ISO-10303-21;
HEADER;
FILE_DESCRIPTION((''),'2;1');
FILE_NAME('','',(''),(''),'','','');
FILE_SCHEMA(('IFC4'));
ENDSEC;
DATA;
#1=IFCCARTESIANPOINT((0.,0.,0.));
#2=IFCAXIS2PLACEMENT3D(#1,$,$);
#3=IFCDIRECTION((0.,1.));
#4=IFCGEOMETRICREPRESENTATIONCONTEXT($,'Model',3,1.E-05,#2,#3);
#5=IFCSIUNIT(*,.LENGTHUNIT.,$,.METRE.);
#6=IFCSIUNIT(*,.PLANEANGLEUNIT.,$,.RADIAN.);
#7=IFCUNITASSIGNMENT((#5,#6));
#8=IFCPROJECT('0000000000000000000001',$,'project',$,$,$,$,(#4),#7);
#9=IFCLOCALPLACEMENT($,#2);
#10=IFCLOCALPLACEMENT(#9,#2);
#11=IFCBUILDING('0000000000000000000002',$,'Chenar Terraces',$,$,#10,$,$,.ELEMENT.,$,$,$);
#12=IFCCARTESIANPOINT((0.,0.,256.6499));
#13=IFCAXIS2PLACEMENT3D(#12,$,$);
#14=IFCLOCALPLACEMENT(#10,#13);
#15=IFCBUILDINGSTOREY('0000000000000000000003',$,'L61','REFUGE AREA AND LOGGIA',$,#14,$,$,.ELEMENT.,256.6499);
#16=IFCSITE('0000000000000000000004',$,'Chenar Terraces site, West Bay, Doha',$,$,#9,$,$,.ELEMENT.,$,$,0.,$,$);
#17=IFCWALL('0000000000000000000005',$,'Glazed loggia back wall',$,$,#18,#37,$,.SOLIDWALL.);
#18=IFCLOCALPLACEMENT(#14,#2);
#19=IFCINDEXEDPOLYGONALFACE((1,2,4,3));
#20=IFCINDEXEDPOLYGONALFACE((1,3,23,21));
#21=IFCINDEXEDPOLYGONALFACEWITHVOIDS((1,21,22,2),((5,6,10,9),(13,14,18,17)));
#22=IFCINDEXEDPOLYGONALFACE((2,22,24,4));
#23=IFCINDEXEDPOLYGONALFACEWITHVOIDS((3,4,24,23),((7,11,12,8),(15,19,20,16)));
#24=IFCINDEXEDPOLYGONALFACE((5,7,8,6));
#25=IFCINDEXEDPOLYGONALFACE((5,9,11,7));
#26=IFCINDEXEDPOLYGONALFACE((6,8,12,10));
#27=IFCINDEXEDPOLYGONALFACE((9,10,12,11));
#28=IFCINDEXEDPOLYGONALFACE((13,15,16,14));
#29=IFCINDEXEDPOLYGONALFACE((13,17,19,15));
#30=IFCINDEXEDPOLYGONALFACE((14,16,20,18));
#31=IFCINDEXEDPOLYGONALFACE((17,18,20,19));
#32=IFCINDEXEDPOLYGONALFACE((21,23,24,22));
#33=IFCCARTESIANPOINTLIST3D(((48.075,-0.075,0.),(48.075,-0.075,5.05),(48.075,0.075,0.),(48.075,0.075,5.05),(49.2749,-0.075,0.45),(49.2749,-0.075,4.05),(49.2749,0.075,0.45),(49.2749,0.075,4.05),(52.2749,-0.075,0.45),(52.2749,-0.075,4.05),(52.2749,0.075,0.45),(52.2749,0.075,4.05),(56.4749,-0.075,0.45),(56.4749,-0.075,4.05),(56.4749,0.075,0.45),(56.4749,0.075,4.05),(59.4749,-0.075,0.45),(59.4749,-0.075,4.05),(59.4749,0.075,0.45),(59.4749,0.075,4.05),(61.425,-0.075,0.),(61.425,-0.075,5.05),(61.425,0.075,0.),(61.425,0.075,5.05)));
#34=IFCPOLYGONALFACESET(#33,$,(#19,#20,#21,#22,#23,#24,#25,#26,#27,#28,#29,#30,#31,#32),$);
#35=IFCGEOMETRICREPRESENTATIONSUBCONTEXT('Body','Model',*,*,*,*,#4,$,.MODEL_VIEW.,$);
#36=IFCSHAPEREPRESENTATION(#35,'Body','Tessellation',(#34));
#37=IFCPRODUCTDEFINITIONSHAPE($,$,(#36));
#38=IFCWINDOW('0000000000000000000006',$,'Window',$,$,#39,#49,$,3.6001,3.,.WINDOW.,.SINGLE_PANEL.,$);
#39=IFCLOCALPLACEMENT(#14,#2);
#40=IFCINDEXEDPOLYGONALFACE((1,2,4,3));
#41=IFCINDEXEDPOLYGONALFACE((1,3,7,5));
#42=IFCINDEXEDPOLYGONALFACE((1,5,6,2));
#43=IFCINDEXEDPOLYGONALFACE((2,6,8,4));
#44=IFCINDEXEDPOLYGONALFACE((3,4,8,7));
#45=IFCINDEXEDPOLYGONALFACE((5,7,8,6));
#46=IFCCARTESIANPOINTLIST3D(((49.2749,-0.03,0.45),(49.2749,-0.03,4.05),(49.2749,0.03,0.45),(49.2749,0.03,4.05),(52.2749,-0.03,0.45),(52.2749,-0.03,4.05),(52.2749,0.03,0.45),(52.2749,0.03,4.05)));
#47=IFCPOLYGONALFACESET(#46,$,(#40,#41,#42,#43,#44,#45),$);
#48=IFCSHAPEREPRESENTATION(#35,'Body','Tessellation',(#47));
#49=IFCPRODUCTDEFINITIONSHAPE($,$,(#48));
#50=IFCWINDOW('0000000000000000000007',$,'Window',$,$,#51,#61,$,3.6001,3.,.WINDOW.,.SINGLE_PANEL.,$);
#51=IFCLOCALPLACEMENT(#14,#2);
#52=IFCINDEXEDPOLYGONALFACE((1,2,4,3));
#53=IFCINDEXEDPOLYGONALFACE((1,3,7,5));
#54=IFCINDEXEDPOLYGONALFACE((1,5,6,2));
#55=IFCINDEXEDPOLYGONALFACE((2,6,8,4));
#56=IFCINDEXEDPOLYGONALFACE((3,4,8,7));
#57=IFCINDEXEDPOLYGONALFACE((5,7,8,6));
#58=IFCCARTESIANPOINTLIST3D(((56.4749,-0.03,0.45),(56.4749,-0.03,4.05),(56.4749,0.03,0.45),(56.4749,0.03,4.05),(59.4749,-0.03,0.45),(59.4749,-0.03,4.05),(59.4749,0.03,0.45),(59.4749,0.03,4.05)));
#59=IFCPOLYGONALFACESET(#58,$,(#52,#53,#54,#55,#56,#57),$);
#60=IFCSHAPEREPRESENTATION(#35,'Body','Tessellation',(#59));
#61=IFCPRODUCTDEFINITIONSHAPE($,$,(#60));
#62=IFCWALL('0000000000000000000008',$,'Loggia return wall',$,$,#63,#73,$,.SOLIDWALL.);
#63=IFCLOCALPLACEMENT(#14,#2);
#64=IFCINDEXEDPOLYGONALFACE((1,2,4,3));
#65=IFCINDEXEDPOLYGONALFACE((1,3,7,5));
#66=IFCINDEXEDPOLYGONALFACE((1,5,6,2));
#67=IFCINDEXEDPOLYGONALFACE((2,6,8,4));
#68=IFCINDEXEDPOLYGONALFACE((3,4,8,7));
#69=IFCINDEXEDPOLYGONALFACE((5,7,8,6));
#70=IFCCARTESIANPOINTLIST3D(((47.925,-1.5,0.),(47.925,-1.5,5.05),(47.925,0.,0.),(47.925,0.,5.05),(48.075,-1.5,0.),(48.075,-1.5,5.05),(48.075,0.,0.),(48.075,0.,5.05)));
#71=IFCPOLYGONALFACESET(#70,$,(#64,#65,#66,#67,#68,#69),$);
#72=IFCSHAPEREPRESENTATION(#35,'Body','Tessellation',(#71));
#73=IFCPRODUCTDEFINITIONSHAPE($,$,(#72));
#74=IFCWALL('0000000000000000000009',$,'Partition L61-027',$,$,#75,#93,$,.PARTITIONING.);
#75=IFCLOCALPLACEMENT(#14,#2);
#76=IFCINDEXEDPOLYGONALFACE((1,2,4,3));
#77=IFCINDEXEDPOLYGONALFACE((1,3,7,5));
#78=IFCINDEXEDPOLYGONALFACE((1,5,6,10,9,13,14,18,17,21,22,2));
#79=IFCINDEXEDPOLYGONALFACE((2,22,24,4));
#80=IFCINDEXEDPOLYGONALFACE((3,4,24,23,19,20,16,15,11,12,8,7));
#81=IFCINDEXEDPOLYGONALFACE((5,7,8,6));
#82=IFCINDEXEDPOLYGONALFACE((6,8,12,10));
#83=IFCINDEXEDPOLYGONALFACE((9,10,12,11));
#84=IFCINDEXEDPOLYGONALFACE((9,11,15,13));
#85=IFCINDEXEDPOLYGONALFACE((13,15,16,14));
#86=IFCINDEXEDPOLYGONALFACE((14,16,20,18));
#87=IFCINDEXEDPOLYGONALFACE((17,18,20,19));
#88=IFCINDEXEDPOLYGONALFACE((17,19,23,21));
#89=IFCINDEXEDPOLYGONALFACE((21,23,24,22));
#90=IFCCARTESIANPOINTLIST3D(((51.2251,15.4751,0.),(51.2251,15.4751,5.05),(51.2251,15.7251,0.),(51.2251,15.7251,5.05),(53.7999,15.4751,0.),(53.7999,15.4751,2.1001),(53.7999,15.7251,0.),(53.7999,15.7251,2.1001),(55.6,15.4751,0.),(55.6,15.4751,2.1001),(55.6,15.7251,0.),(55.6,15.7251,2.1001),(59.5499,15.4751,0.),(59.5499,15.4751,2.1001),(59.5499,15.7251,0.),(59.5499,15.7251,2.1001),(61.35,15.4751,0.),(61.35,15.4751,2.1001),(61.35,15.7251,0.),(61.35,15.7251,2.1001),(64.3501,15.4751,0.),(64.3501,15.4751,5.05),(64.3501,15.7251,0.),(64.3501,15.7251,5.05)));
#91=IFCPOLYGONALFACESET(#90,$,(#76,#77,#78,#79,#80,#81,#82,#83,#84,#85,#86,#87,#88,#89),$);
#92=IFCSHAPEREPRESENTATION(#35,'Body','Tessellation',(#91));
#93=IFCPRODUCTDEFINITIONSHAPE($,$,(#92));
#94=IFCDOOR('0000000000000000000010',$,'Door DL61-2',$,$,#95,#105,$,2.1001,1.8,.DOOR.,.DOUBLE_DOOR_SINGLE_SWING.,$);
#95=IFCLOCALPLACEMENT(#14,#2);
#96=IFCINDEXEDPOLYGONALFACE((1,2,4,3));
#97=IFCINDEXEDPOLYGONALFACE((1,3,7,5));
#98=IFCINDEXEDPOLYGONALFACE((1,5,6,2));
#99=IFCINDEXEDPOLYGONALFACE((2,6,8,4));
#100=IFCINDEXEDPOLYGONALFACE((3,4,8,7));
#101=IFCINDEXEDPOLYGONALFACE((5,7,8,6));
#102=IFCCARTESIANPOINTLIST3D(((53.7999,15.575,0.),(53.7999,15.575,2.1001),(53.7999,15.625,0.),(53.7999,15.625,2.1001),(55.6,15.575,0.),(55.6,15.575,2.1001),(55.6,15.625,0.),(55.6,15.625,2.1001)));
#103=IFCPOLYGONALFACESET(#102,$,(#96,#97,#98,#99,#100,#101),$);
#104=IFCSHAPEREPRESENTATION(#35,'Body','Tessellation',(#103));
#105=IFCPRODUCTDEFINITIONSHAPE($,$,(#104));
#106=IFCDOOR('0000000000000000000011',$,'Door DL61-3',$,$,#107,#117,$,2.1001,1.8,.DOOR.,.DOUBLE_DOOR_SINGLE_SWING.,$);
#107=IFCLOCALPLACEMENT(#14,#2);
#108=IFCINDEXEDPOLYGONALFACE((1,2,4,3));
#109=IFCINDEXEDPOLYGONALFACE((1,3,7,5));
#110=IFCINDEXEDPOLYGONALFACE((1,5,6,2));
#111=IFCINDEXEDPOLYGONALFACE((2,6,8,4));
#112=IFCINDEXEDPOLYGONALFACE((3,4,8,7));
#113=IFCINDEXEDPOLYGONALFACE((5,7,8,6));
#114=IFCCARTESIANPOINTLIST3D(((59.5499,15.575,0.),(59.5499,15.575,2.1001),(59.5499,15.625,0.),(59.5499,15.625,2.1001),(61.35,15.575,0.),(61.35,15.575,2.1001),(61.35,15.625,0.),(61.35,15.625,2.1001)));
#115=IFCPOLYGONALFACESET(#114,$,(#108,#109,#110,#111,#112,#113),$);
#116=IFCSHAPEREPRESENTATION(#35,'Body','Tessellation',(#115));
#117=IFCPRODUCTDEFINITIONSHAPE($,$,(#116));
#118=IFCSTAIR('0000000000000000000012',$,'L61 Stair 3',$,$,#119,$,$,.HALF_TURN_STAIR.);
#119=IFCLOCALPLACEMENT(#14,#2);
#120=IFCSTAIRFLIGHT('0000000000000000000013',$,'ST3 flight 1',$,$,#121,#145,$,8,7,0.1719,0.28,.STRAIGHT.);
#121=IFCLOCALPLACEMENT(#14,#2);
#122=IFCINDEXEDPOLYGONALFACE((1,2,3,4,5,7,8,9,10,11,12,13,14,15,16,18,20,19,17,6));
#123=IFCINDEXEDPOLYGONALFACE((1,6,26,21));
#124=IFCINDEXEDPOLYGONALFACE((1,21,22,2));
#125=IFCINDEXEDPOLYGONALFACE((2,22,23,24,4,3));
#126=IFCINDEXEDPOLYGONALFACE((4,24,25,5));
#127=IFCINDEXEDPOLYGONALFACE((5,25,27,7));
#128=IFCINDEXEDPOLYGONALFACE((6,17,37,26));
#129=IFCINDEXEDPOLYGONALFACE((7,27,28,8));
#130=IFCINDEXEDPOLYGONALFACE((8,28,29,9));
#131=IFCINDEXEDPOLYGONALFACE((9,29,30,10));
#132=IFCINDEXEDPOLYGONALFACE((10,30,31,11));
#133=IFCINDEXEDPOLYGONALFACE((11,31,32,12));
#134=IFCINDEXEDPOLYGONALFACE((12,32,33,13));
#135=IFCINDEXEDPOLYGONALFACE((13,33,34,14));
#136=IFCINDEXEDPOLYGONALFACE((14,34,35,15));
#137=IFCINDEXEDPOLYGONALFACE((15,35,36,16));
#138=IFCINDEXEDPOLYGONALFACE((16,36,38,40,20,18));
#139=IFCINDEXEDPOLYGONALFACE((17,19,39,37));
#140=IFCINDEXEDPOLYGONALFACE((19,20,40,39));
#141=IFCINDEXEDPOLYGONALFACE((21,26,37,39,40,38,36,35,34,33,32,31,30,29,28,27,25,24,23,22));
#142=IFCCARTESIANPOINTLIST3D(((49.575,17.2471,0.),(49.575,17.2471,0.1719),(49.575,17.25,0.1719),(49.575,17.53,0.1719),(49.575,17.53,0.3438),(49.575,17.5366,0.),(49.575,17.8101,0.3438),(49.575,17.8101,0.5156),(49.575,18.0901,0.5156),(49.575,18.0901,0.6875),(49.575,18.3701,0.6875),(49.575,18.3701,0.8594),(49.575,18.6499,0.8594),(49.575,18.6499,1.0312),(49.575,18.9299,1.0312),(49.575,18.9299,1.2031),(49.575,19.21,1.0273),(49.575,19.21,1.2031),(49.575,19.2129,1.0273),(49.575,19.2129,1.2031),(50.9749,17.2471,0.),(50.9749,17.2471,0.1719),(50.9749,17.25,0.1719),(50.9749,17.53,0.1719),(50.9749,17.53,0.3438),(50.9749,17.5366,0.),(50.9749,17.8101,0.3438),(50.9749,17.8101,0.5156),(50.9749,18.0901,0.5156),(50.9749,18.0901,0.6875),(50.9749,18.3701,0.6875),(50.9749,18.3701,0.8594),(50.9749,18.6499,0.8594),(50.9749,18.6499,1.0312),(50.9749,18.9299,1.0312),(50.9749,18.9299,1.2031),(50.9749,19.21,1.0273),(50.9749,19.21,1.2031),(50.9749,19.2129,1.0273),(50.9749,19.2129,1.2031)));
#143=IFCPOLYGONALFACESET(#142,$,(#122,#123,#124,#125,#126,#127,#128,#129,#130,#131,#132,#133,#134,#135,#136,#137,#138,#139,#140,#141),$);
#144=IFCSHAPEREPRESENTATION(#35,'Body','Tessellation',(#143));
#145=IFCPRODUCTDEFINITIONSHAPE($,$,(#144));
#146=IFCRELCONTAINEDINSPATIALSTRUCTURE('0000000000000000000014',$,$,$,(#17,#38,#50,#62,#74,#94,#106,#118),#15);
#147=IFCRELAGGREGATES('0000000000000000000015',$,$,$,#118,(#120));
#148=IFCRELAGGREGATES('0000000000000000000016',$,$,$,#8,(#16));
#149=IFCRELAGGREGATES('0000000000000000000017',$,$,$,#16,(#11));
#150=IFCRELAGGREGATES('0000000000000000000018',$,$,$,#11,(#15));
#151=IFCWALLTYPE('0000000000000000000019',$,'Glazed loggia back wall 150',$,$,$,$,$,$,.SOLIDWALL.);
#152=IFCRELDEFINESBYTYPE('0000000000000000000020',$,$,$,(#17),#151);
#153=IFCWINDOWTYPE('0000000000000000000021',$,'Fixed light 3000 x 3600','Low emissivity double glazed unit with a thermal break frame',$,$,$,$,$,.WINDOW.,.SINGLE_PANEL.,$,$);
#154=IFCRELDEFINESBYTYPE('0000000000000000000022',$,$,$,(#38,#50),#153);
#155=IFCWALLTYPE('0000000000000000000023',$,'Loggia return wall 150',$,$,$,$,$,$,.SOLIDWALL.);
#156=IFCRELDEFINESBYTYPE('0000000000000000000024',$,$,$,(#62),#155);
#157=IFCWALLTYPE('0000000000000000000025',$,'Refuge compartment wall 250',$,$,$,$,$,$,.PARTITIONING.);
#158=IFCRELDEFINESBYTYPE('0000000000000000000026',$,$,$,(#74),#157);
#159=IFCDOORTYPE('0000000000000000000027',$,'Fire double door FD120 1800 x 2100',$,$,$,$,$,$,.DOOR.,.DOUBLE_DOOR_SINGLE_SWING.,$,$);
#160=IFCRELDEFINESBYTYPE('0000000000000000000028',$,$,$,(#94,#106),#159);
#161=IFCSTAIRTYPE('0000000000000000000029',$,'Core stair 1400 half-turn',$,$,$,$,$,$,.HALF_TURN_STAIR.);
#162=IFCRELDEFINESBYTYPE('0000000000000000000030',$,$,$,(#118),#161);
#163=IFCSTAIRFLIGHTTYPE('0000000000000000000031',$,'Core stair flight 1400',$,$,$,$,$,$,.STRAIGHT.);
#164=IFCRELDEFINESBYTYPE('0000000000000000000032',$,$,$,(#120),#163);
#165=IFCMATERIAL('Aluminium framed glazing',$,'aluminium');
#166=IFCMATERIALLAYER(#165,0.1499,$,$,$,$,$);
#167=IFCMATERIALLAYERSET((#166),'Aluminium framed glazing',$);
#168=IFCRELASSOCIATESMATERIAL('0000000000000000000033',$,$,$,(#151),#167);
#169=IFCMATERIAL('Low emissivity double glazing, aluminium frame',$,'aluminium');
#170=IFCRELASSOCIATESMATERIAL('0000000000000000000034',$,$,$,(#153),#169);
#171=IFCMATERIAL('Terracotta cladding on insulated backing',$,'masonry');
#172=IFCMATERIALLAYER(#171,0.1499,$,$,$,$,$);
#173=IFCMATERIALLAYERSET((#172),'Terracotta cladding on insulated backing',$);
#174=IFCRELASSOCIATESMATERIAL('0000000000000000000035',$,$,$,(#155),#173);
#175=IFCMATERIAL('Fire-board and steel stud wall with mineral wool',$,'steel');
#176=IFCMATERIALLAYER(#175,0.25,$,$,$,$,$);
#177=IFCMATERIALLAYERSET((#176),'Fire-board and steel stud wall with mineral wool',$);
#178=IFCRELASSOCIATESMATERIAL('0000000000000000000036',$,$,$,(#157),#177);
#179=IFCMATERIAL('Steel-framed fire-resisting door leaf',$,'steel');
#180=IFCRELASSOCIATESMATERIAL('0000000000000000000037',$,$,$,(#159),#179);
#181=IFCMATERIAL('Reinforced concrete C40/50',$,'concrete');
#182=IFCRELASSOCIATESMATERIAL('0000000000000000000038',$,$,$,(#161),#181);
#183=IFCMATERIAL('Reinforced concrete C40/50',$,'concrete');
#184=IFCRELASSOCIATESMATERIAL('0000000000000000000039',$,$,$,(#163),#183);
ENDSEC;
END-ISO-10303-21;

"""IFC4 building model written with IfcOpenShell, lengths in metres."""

from ifc_helpers import new_model, si_unit, direction, frame, frame_2d, origin, place, context, subcontext, project, spatial, polyline, rectangle, outline, extrude, material, layer, layer_set, type_object, element, fill, aggregate, save


model = new_model("IFC4")

# Units and contexts
model_context = context("Model", 3, precision=1e-05, world=origin(), true_north=direction((0.0, 1.0)))
body_context = subcontext(model_context, "Body", "Model", "MODEL_VIEW")
ifc_project = project(units=[si_unit("LENGTHUNIT", "METRE"), si_unit("PLANEANGLEUNIT", "RADIAN")], contexts=[model_context])

# Site, building, storey
site_placement = place(None, origin())
site = spatial("IfcSite", under=ifc_project, at=site_placement, Name="Chenar Terraces site, West Bay, Doha", CompositionType="ELEMENT", RefElevation=0.0)
building_placement = place(site_placement, origin())
building = spatial("IfcBuilding", under=site, at=building_placement, Name="Chenar Terraces", CompositionType="ELEMENT")
storey_placement = place(building_placement, frame((0.0, 0.0, 256.6499)))
storey = spatial("IfcBuildingStorey", under=building, at=storey_placement, Name="L61", Description="REFUGE AREA AND LOGGIA", CompositionType="ELEMENT", Elevation=256.6499)

# Wall, openings, windows
ifc_material_1 = material(Name="Aluminium framed glazing", Category="aluminium")
ifc_layer_1 = layer(ifc_material_1, 0.1499)
ifc_layer_set_1 = layer_set([ifc_layer_1], Name="Aluminium framed glazing")
wall_type_1 = type_object("IfcWallType", Name="Glazed loggia back wall 150", PredefinedType="SOLIDWALL", material=ifc_layer_set_1)
wall_1_placement = place(storey_placement, frame((48.075, 0.0, 0.0), z_axis=(0.0, 0.0, 1.0), x_axis=(1.0, 0.0, 0.0)))
wall_1 = element("IfcWall", 1, at=wall_1_placement, inside=storey, type_object=wall_type_1, Name="Glazed loggia back wall", PredefinedType="SOLIDWALL", context=body_context, shape_type="SweptSolid", body=[
    extrude(rectangle(XDim=13.3501, YDim=0.1499, at=frame_2d((6.675, 0.0))), origin(), (0.0, 0.0, 1.0), 5.05),
])
opening_1_placement = place(wall_1_placement, frame((1.2, 0.0, 0.45)))
opening_1 = element("IfcOpeningElement", 2, at=opening_1_placement, cuts=wall_1, PredefinedType="OPENING", context=body_context, shape_type="SweptSolid", body=[
    extrude(rectangle(XDim=3.0, YDim=3.6001, at=frame_2d((1.5, 1.8))), frame((0.0, 0.085, 0.0), z_axis=(0.0, -1.0, 0.0), x_axis=(1.0, 0.0, 0.0)), (0.0, 0.0, 1.0), 0.1699),
])
opening_2_placement = place(wall_1_placement, frame((8.3999, 0.0, 0.45)))
opening_2 = element("IfcOpeningElement", 3, at=opening_2_placement, cuts=wall_1, PredefinedType="OPENING", context=body_context, shape_type="SweptSolid", body=[
    extrude(rectangle(XDim=3.0, YDim=3.6001, at=frame_2d((1.5, 1.8))), frame((0.0, 0.085, 0.0), z_axis=(0.0, -1.0, 0.0), x_axis=(1.0, 0.0, 0.0)), (0.0, 0.0, 1.0), 0.1699),
])
ifc_material_2 = material(Name="Low emissivity double glazing, aluminium frame", Category="aluminium")
window_type = type_object("IfcWindowType", Name="Fixed light 3000 x 3600", Description="Low emissivity double glazed unit with a thermal break frame", PartitioningType="SINGLE_PANEL", PredefinedType="WINDOW", material=ifc_material_2)
window_1_placement = place(opening_1_placement, origin())
window_1 = element("IfcWindow", 4, at=window_1_placement, inside=storey, type_object=window_type, Name="Window", OverallHeight=3.6001, OverallWidth=3.0, PartitioningType="SINGLE_PANEL", PredefinedType="WINDOW", context=body_context, shape_type="SweptSolid", body=[
    extrude(rectangle(XDim=3.0, YDim=3.6001, at=frame_2d((1.5, 1.8))), frame((0.0, 0.03, 0.0), z_axis=(0.0, -1.0, 0.0), x_axis=(1.0, 0.0, 0.0)), (0.0, 0.0, 1.0), 0.0601),
])
fill(opening_1, window_1)
window_2_placement = place(opening_2_placement, origin())
window_2 = element("IfcWindow", 5, at=window_2_placement, inside=storey, type_object=window_type, Name="Window", OverallHeight=3.6001, OverallWidth=3.0, PartitioningType="SINGLE_PANEL", PredefinedType="WINDOW", context=body_context, shape_type="SweptSolid", body=[
    extrude(rectangle(XDim=3.0, YDim=3.6001, at=frame_2d((1.5, 1.8))), frame((0.0, 0.03, 0.0), z_axis=(0.0, -1.0, 0.0), x_axis=(1.0, 0.0, 0.0)), (0.0, 0.0, 1.0), 0.0601),
])
fill(opening_2, window_2)

# Wall
ifc_material_3 = material(Name="Terracotta cladding on insulated backing", Category="masonry")
ifc_layer_2 = layer(ifc_material_3, 0.1499)
ifc_layer_set_2 = layer_set([ifc_layer_2], Name="Terracotta cladding on insulated backing")
wall_type_2 = type_object("IfcWallType", Name="Loggia return wall 150", PredefinedType="SOLIDWALL", material=ifc_layer_set_2)
wall_2_placement = place(storey_placement, frame((48.0, -1.5, 0.0), z_axis=(0.0, 0.0, 1.0), x_axis=(0.0, 1.0, 0.0)))
element("IfcWall", 6, at=wall_2_placement, inside=storey, type_object=wall_type_2, Name="Loggia return wall", PredefinedType="SOLIDWALL", context=body_context, shape_type="SweptSolid", body=[
    extrude(rectangle(XDim=1.5, YDim=0.1499, at=frame_2d((0.75, 0.0))), origin(), (0.0, 0.0, 1.0), 5.05),
])

# Wall, openings, doors
ifc_material_4 = material(Name="Fire-board and steel stud wall with mineral wool", Category="steel")
ifc_layer_3 = layer(ifc_material_4, 0.25)
ifc_layer_set_3 = layer_set([ifc_layer_3], Name="Fire-board and steel stud wall with mineral wool")
wall_type_3 = type_object("IfcWallType", Name="Refuge compartment wall 250", PredefinedType="PARTITIONING", material=ifc_layer_set_3)
wall_3_placement = place(storey_placement, frame((51.2251, 15.6001, 0.0), z_axis=(0.0, 0.0, 1.0), x_axis=(1.0, 0.0, 0.0)))
wall_3 = element("IfcWall", 7, at=wall_3_placement, inside=storey, type_object=wall_type_3, Name="Partition L61-027", PredefinedType="PARTITIONING", context=body_context, shape_type="SweptSolid", body=[
    extrude(rectangle(XDim=13.125, YDim=0.25, at=frame_2d((6.5625, 0.0))), origin(), (0.0, 0.0, 1.0), 5.05),
])
opening_3_placement = place(wall_3_placement, frame((2.575, 0.0, 0.0)))
opening_3 = element("IfcOpeningElement", 8, at=opening_3_placement, cuts=wall_3, PredefinedType="OPENING", context=body_context, shape_type="SweptSolid", body=[
    extrude(rectangle(XDim=1.8, YDim=2.1001, at=frame_2d((0.8999, 1.05))), frame((0.0, 0.135, 0.0), z_axis=(0.0, -1.0, 0.0), x_axis=(1.0, 0.0, 0.0)), (0.0, 0.0, 1.0), 0.27),
])
opening_4_placement = place(wall_3_placement, frame((8.325, 0.0, 0.0)))
opening_4 = element("IfcOpeningElement", 9, at=opening_4_placement, cuts=wall_3, PredefinedType="OPENING", context=body_context, shape_type="SweptSolid", body=[
    extrude(rectangle(XDim=1.8, YDim=2.1001, at=frame_2d((0.8999, 1.05))), frame((0.0, 0.135, 0.0), z_axis=(0.0, -1.0, 0.0), x_axis=(1.0, 0.0, 0.0)), (0.0, 0.0, 1.0), 0.27),
])
ifc_material_5 = material(Name="Steel-framed fire-resisting door leaf", Category="steel")
door_type_1 = type_object("IfcDoorType", Name="Fire double door FD120 1800 x 2100", OperationType="DOUBLE_DOOR_SINGLE_SWING", PredefinedType="DOOR", material=ifc_material_5)
door_1_placement = place(opening_3_placement, origin())
door_1 = element("IfcDoor", 10, at=door_1_placement, inside=storey, type_object=door_type_1, Name="Door DL61-2", OperationType="DOUBLE_DOOR_SINGLE_SWING", OverallHeight=2.1001, OverallWidth=1.8, PredefinedType="DOOR", context=body_context, shape_type="SweptSolid", body=[
    extrude(rectangle(XDim=1.8, YDim=2.1001, at=frame_2d((0.8999, 1.05))), frame((0.0, 0.0249, 0.0), z_axis=(0.0, -1.0, 0.0), x_axis=(1.0, 0.0, 0.0)), (0.0, 0.0, 1.0), 0.05),
])
fill(opening_3, door_1)
door_2_placement = place(opening_4_placement, origin())
door_2 = element("IfcDoor", 11, at=door_2_placement, inside=storey, type_object=door_type_1, Name="Door DL61-3", OperationType="DOUBLE_DOOR_SINGLE_SWING", OverallHeight=2.1001, OverallWidth=1.8, PredefinedType="DOOR", context=body_context, shape_type="SweptSolid", body=[
    extrude(rectangle(XDim=1.8, YDim=2.1001, at=frame_2d((0.8999, 1.05))), frame((0.0, 0.0249, 0.0), z_axis=(0.0, -1.0, 0.0), x_axis=(1.0, 0.0, 0.0)), (0.0, 0.0, 1.0), 0.05),
])
fill(opening_4, door_2)

# Stair, stair flight
ifc_material_6 = material(Name="Reinforced concrete C40/50", Category="concrete")
stair_type = type_object("IfcStairType", Name="Core stair 1400 half-turn", PredefinedType="HALF_TURN_STAIR", material=ifc_material_6)
stair_placement = place(storey_placement, origin())
stair = element("IfcStair", 12, at=stair_placement, inside=storey, type_object=stair_type, Name="L61 Stair 3", PredefinedType="HALF_TURN_STAIR")
ifc_material_7 = material(Name="Reinforced concrete C40/50", Category="concrete")
stair_flight_type = type_object("IfcStairFlightType", Name="Core stair flight 1400", PredefinedType="STRAIGHT", material=ifc_material_7)
stair_flight_1_placement = place(storey_placement, frame((50.2749, 17.25, 0.0), z_axis=(0.0, 0.0, 1.0), x_axis=(0.0, 1.0, 0.0)))
stair_flight_1 = element("IfcStairFlight", 13, at=stair_flight_1_placement, type_object=stair_flight_type, Name="ST3 flight 1", NumberOfRisers=8, NumberOfTreads=7, PredefinedType="STRAIGHT", RiserHeight=0.1719, TreadLength=0.28, context=body_context, shape_type="SweptSolid", body=[
    extrude(outline(polyline([(-0.0029, 0.0), (-0.0029, 0.1719), (0.0, 0.1719), (0.28, 0.1719), (0.28, 0.3438), (0.5601, 0.3438), (0.5601, 0.5156), (0.8401, 0.5156), (0.8401, 0.6875), (1.1201, 0.6875), (1.1201, 0.8594), (1.3999, 0.8594), (1.3999, 1.0312), (1.6799, 1.0312), (1.6799, 1.2031), (1.96, 1.2031), (1.9629, 1.2031), (1.9629, 1.0273), (1.96, 1.0273), (0.2866, 0.0), (-0.0029, 0.0)])), frame((0.0, 0.7, 0.0), z_axis=(0.0, -1.0, 0.0), x_axis=(1.0, 0.0, 0.0)), (0.0, 0.0, 1.0), 1.3999),
])
aggregate(stair, [stair_flight_1])

save(model, "model.ifc")
